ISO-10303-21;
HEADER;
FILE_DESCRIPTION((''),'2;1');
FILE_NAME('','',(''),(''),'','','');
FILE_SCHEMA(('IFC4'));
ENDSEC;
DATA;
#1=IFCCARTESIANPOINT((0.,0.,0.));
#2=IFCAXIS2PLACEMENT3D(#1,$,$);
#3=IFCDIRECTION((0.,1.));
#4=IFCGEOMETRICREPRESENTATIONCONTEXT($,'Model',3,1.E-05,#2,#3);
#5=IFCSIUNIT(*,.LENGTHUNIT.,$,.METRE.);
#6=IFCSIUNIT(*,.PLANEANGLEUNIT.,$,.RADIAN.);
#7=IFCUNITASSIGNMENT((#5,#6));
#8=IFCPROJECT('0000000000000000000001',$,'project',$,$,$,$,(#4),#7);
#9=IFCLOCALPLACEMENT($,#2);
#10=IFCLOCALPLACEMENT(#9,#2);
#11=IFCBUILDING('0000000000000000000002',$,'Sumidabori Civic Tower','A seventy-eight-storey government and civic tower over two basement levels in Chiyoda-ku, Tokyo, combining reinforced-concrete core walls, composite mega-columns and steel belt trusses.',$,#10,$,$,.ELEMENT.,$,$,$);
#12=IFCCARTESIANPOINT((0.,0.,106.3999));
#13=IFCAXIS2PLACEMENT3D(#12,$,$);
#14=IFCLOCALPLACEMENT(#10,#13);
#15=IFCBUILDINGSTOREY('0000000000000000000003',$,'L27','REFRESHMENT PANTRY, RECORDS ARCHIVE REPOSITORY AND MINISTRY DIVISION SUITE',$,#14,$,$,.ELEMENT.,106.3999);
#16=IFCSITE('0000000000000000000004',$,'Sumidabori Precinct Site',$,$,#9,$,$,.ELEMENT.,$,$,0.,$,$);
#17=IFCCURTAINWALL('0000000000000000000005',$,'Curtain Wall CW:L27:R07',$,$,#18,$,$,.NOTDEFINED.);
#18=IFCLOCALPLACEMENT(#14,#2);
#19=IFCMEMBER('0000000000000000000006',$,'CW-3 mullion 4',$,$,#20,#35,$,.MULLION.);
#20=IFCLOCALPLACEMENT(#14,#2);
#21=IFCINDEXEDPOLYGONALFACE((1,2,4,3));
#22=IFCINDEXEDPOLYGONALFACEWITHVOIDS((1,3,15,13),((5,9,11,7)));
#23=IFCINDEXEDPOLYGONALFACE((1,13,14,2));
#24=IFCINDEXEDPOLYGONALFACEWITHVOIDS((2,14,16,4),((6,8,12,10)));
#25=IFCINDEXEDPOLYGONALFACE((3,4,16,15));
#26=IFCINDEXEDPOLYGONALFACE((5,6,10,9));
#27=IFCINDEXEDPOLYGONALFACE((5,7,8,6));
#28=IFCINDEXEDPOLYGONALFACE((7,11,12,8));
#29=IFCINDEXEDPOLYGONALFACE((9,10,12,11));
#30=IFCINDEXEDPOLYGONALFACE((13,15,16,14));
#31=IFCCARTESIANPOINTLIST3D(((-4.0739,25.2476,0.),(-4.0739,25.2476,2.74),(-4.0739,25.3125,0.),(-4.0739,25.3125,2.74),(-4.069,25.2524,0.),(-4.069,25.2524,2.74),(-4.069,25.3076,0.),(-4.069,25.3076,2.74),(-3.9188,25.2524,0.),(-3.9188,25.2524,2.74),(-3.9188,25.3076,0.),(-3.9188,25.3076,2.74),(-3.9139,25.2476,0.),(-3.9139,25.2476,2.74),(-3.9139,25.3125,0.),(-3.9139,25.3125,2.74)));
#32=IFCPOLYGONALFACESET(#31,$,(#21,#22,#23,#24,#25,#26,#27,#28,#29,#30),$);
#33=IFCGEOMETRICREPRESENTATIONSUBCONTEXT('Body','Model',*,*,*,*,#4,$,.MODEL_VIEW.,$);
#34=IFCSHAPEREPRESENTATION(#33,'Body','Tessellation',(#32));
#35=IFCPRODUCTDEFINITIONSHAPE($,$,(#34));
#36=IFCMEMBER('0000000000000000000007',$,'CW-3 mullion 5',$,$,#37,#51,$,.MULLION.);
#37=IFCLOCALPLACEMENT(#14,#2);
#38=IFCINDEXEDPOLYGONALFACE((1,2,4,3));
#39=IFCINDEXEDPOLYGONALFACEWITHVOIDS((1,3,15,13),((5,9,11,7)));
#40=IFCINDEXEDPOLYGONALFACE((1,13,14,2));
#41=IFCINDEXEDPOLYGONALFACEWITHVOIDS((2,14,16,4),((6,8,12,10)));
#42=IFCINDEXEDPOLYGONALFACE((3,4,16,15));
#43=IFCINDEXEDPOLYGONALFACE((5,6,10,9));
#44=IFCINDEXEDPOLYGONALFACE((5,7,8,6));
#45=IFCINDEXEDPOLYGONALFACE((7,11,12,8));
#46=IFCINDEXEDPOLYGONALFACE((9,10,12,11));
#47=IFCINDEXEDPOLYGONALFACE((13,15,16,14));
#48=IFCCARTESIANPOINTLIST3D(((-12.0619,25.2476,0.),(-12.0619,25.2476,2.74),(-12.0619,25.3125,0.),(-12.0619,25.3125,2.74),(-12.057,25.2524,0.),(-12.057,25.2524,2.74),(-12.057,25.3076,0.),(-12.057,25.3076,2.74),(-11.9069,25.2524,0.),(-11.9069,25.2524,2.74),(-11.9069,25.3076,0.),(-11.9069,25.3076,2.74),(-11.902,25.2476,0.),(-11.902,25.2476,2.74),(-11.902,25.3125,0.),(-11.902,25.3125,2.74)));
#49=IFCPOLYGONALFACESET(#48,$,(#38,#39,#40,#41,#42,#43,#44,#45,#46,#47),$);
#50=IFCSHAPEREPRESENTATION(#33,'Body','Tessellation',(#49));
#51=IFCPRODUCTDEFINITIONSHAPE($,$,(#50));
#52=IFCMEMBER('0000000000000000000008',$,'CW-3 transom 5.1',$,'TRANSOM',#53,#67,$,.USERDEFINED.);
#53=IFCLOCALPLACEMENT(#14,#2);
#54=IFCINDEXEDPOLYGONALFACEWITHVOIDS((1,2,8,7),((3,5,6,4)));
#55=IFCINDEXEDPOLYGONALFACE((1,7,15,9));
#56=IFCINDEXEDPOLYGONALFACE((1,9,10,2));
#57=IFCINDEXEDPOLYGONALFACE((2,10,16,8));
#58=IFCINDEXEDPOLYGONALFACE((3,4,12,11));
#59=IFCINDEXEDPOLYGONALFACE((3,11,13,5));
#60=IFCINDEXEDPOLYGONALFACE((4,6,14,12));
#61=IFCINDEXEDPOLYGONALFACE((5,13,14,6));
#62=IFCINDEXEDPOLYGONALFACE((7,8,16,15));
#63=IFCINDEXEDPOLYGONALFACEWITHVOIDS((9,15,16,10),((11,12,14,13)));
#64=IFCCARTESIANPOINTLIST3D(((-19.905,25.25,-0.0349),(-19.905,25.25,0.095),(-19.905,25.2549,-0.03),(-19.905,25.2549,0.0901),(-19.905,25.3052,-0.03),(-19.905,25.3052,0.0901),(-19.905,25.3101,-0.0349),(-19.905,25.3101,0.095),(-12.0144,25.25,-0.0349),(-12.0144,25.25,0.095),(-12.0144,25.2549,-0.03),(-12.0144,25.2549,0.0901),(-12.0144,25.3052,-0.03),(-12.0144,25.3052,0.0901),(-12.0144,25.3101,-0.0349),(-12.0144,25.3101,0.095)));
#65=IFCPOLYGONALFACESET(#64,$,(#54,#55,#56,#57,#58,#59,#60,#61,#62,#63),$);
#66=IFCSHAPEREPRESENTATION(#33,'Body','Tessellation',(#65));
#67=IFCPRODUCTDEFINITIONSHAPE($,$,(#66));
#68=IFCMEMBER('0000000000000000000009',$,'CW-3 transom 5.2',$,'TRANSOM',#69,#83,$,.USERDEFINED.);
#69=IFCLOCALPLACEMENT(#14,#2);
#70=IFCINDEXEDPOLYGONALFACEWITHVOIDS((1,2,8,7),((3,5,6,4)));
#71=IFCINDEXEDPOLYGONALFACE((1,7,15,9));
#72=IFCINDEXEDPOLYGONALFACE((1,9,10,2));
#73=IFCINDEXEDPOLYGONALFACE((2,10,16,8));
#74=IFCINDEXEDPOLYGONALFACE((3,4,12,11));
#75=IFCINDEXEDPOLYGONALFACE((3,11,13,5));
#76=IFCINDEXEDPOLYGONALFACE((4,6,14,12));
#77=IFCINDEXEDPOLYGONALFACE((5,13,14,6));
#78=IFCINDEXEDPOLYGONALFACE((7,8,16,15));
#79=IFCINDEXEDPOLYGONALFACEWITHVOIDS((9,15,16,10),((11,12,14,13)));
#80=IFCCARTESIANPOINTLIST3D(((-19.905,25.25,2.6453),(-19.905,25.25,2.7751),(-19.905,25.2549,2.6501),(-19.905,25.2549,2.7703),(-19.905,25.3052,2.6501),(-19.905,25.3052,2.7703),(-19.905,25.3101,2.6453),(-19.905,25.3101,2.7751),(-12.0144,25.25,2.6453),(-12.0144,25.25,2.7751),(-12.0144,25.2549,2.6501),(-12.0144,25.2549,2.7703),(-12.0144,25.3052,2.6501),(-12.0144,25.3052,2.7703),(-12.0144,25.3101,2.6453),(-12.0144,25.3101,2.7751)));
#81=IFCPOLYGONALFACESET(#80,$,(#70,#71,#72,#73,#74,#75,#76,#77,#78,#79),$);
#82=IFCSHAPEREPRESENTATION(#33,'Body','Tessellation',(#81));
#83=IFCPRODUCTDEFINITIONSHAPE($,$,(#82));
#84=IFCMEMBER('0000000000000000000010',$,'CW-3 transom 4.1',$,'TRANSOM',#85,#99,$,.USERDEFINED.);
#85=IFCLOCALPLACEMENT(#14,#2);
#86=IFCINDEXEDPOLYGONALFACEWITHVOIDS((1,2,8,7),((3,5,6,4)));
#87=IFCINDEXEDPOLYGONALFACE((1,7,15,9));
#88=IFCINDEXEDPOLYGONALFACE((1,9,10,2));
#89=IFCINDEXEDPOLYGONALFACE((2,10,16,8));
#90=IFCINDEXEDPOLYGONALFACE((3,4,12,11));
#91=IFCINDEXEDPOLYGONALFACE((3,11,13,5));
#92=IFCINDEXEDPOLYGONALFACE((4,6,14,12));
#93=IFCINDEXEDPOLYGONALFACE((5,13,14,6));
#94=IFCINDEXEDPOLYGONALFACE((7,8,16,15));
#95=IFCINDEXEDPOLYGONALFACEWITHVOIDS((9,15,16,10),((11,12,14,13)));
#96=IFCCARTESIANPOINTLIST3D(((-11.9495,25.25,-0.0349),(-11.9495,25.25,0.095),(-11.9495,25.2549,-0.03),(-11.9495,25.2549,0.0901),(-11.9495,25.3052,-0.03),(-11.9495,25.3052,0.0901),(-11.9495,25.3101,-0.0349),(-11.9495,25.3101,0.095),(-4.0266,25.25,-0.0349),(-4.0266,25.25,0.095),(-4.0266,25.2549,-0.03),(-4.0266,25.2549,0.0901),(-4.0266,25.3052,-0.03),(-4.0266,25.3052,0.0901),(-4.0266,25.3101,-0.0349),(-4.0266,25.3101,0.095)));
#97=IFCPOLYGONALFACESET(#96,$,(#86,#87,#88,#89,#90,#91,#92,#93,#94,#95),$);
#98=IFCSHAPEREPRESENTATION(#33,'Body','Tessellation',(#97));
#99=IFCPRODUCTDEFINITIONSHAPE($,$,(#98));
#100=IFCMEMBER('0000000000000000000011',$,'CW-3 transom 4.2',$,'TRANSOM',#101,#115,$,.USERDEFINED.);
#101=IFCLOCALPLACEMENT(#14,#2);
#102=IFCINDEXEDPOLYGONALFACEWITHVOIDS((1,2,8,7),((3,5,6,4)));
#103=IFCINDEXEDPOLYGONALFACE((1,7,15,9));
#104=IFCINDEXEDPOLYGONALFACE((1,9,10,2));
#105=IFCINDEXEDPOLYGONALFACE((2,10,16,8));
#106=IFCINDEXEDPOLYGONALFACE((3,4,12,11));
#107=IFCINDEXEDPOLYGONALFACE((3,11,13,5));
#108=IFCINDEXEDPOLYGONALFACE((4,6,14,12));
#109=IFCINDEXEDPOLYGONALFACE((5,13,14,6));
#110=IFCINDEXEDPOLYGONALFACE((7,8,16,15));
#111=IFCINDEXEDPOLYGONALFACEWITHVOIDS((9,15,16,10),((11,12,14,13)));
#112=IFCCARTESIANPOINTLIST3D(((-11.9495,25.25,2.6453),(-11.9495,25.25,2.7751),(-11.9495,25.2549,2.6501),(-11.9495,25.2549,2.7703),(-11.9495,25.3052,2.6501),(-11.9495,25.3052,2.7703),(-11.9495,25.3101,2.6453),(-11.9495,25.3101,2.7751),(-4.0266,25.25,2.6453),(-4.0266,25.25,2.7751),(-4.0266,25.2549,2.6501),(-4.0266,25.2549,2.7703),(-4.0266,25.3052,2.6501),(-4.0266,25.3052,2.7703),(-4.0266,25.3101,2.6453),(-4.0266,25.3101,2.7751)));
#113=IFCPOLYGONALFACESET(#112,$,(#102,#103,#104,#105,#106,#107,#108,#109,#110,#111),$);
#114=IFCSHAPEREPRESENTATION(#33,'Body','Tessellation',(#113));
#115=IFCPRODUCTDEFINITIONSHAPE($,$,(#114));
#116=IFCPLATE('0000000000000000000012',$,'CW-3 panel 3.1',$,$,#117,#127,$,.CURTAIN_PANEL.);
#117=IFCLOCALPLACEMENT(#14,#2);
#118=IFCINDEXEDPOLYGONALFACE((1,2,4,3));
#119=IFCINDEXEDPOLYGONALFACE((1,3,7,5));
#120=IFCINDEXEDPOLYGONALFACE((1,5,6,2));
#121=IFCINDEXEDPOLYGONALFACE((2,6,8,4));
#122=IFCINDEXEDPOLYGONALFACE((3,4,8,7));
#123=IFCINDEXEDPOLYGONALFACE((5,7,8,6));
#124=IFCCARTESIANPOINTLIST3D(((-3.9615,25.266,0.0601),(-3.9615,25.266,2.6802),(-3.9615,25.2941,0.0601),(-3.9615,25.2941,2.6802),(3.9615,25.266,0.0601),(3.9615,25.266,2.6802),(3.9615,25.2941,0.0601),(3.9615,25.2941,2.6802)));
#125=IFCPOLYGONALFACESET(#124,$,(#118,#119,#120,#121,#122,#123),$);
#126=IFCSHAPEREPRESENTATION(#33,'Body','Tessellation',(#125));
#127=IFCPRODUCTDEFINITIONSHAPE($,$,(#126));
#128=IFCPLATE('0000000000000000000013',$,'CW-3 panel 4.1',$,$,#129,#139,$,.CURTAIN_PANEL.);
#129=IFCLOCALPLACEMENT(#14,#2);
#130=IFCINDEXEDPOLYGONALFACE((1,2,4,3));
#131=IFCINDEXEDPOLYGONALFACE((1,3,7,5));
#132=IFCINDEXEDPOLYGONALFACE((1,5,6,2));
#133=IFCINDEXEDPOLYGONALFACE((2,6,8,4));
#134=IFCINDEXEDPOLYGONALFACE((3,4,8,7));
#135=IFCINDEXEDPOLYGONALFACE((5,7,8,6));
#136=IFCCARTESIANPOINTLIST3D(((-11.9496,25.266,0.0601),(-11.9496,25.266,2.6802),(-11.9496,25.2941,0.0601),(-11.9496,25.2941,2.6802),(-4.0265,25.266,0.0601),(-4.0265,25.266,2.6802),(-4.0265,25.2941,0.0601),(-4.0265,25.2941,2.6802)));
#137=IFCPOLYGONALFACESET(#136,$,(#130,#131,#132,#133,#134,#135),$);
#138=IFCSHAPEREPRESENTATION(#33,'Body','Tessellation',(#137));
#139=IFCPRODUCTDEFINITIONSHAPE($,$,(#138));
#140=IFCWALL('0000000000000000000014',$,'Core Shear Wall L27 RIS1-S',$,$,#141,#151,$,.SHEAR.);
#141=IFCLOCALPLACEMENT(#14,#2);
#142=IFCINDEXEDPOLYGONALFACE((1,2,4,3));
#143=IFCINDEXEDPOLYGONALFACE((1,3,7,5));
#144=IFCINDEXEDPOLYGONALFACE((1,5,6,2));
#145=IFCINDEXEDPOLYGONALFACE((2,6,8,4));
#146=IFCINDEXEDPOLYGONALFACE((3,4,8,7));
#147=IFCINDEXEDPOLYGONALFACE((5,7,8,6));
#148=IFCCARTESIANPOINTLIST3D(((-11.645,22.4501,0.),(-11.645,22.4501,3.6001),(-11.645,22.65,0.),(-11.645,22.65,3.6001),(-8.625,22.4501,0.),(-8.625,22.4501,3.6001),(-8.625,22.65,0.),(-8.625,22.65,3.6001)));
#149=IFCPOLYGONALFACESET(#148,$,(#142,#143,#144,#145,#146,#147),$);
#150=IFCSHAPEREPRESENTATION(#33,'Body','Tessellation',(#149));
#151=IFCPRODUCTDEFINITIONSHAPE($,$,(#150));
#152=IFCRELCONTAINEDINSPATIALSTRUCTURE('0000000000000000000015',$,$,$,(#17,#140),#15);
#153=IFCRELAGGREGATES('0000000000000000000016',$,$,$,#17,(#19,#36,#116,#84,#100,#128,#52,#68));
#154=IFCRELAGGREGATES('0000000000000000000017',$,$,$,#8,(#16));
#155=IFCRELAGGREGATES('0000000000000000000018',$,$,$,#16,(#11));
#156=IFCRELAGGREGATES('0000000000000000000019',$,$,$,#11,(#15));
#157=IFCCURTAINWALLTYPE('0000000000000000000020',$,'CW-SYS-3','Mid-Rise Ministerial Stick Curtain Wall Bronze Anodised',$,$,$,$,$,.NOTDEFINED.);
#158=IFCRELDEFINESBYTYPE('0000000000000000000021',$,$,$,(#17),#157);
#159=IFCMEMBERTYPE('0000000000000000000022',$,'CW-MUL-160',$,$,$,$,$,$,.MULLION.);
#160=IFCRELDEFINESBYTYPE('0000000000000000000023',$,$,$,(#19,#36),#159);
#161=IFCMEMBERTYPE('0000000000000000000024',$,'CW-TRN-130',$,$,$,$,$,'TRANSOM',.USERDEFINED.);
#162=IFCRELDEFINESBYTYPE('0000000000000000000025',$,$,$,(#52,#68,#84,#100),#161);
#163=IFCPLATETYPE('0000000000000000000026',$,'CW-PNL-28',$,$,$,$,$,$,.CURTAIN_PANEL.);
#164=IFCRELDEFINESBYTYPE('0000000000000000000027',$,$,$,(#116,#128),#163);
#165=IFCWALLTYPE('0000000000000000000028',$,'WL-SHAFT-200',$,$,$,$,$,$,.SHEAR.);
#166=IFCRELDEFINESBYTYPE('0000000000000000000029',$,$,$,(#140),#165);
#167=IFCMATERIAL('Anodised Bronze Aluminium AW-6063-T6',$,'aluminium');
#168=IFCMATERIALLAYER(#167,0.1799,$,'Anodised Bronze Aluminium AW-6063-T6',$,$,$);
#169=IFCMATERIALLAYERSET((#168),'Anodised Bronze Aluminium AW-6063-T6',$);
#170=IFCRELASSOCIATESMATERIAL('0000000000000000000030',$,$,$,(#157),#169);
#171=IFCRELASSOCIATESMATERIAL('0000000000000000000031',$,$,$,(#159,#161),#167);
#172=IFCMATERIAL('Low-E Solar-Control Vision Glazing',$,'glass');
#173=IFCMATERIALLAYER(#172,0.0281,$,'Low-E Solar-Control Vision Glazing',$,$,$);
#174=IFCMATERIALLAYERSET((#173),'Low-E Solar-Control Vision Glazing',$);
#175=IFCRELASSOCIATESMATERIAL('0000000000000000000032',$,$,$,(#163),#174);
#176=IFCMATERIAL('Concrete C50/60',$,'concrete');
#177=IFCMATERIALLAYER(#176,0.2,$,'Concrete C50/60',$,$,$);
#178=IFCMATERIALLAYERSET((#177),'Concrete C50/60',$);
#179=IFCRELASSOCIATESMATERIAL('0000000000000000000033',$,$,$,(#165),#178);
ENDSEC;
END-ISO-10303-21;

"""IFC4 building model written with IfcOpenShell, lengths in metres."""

from ifc_helpers import new_model, si_unit, direction, frame, frame_2d, origin, origin_2d, place, context, subcontext, project, spatial, rectangle, hollow_rectangle, extrude, source, transform, mapped, material, layer, layer_set, material_profile, profile_set, type_object, element, aggregate, save


model = new_model("IFC4")

# Units and contexts
model_context = context("Model", 3, precision=1e-05, world=origin(), true_north=direction((0.0, 1.0)))
body_context = subcontext(model_context, "Body", "Model", "MODEL_VIEW")
ifc_project = project(units=[si_unit("LENGTHUNIT", "METRE"), si_unit("PLANEANGLEUNIT", "RADIAN")], contexts=[model_context])

# Site, building, storey
site_placement = place(None, origin())
site = spatial("IfcSite", under=ifc_project, at=site_placement, Name="Sumidabori Precinct Site", CompositionType="ELEMENT", RefElevation=0.0)
building_placement = place(site_placement, origin())
building = spatial("IfcBuilding", under=site, at=building_placement, Name="Sumidabori Civic Tower", Description="A seventy-eight-storey government and civic tower over two basement levels in Chiyoda-ku, Tokyo, combining reinforced-concrete core walls, composite mega-columns and steel belt trusses.", CompositionType="ELEMENT")
storey_placement = place(building_placement, frame((0.0, 0.0, 106.3999)))
storey = spatial("IfcBuildingStorey", under=building, at=storey_placement, Name="L27", Description="REFRESHMENT PANTRY, RECORDS ARCHIVE REPOSITORY AND MINISTRY DIVISION SUITE", CompositionType="ELEMENT", Elevation=106.3999)

# Curtain wall, members, plates
ifc_material_1 = material(Name="Anodised Bronze Aluminium AW-6063-T6", Category="aluminium")
ifc_layer_1 = layer(ifc_material_1, 0.1799, Name="Anodised Bronze Aluminium AW-6063-T6")
ifc_layer_set_1 = layer_set([ifc_layer_1], Name="Anodised Bronze Aluminium AW-6063-T6")
curtain_wall_type = type_object("IfcCurtainWallType", Name="CW-SYS-3", Description="Mid-Rise Ministerial Stick Curtain Wall Bronze Anodised", PredefinedType="NOTDEFINED", material=ifc_layer_set_1)
curtain_wall_placement = place(storey_placement, origin())
curtain_wall = element("IfcCurtainWall", 1, at=curtain_wall_placement, inside=storey, type_object=curtain_wall_type, Name="Curtain Wall CW:L27:R07", PredefinedType="NOTDEFINED")
ifc_material_profile_1 = material_profile(ifc_material_1, hollow_rectangle(XDim=0.0649, YDim=0.1599, WallThickness=0.0049, at=origin_2d()), Name="ALU MULLION 160x65")
ifc_profile_set_1 = profile_set([ifc_material_profile_1], Name="Anodised Bronze Aluminium AW-6063-T6")
member_type_1 = type_object("IfcMemberType", Name="CW-MUL-160", PredefinedType="MULLION", material=ifc_profile_set_1)
shared_shape_1 = source(origin(), body_context, "Body", "SweptSolid", [
    extrude(hollow_rectangle(XDim=0.0649, YDim=0.1599, WallThickness=0.0049, at=origin_2d()), origin(), (0.0, 0.0, 1.0), 2.74),
])
member_1_placement = place(storey_placement, frame((-3.9939, 25.28, 0.0), z_axis=(0.0, 0.0, 1.0), x_axis=(0.0, -1.0, 0.0)))
member_1 = element("IfcMember", 2, at=member_1_placement, type_object=member_type_1, Name="CW-3 mullion 4", PredefinedType="MULLION", context=body_context, shape_type="MappedRepresentation", body=[
    mapped(shared_shape_1, transform((0.0, 0.0, 0.0), x_axis=(1.0, 0.0, 0.0), y_axis=(0.0, 1.0, 0.0), z_axis=(0.0, 0.0, 1.0), scale=1.0)),
])
member_2_placement = place(storey_placement, frame((-11.9819, 25.28, 0.0), z_axis=(0.0, 0.0, 1.0), x_axis=(0.0, -1.0, 0.0)))
member_2 = element("IfcMember", 3, at=member_2_placement, type_object=member_type_1, Name="CW-3 mullion 5", PredefinedType="MULLION", context=body_context, shape_type="MappedRepresentation", body=[
    mapped(shared_shape_1, transform((0.0, 0.0, 0.0), x_axis=(1.0, 0.0, 0.0), y_axis=(0.0, 1.0, 0.0), z_axis=(0.0, 0.0, 1.0), scale=1.0)),
])
ifc_material_profile_2 = material_profile(ifc_material_1, hollow_rectangle(XDim=0.0601, YDim=0.1299, WallThickness=0.0049, at=origin_2d()), Name="ALU TRANSOM 130x60")
ifc_profile_set_2 = profile_set([ifc_material_profile_2], Name="Anodised Bronze Aluminium AW-6063-T6")
member_type_2 = type_object("IfcMemberType", Name="CW-TRN-130", ElementType="TRANSOM", PredefinedType="USERDEFINED", material=ifc_profile_set_2)
shared_shape_2 = source(origin(), body_context, "Body", "SweptSolid", [
    extrude(hollow_rectangle(XDim=0.0601, YDim=0.1299, WallThickness=0.0049, at=origin_2d()), origin(), (0.0, 0.0, 1.0), 7.8906),
])
member_3_placement = place(storey_placement, frame((-12.0144, 25.28, 0.03), z_axis=(-1.0, 0.0, 0.0), x_axis=(0.0, -1.0, 0.0)))
member_3 = element("IfcMember", 4, at=member_3_placement, type_object=member_type_2, Name="CW-3 transom 5.1", ObjectType="TRANSOM", PredefinedType="USERDEFINED", context=body_context, shape_type="MappedRepresentation", body=[
    mapped(shared_shape_2, transform((0.0, 0.0, 0.0), x_axis=(1.0, 0.0, 0.0), y_axis=(0.0, 1.0, 0.0), z_axis=(0.0, 0.0, 1.0), scale=1.0)),
])
member_4_placement = place(storey_placement, frame((-12.0144, 25.28, 2.7102), z_axis=(-1.0, 0.0, 0.0), x_axis=(0.0, -1.0, 0.0)))
member_4 = element("IfcMember", 5, at=member_4_placement, type_object=member_type_2, Name="CW-3 transom 5.2", ObjectType="TRANSOM", PredefinedType="USERDEFINED", context=body_context, shape_type="MappedRepresentation", body=[
    mapped(shared_shape_2, transform((0.0, 0.0, 0.0), x_axis=(1.0, 0.0, 0.0), y_axis=(0.0, 1.0, 0.0), z_axis=(0.0, 0.0, 1.0), scale=1.0)),
])
shared_shape_3 = source(origin(), body_context, "Body", "SweptSolid", [
    extrude(hollow_rectangle(XDim=0.0601, YDim=0.1299, WallThickness=0.0049, at=origin_2d()), origin(), (0.0, 0.0, 1.0), 7.9229),
])
member_5_placement = place(storey_placement, frame((-4.0266, 25.28, 0.03), z_axis=(-1.0, 0.0, 0.0), x_axis=(0.0, -1.0, 0.0)))
member_5 = element("IfcMember", 6, at=member_5_placement, type_object=member_type_2, Name="CW-3 transom 4.1", ObjectType="TRANSOM", PredefinedType="USERDEFINED", context=body_context, shape_type="MappedRepresentation", body=[
    mapped(shared_shape_3, transform((0.0, 0.0, 0.0), x_axis=(1.0, 0.0, 0.0), y_axis=(0.0, 1.0, 0.0), z_axis=(0.0, 0.0, 1.0), scale=1.0)),
])
member_6_placement = place(storey_placement, frame((-4.0266, 25.28, 2.7102), z_axis=(-1.0, 0.0, 0.0), x_axis=(0.0, -1.0, 0.0)))
member_6 = element("IfcMember", 7, at=member_6_placement, type_object=member_type_2, Name="CW-3 transom 4.2", ObjectType="TRANSOM", PredefinedType="USERDEFINED", context=body_context, shape_type="MappedRepresentation", body=[
    mapped(shared_shape_3, transform((0.0, 0.0, 0.0), x_axis=(1.0, 0.0, 0.0), y_axis=(0.0, 1.0, 0.0), z_axis=(0.0, 0.0, 1.0), scale=1.0)),
])
ifc_material_2 = material(Name="Low-E Solar-Control Vision Glazing", Category="glass")
ifc_layer_2 = layer(ifc_material_2, 0.0281, Name="Low-E Solar-Control Vision Glazing")
ifc_layer_set_2 = layer_set([ifc_layer_2], Name="Low-E Solar-Control Vision Glazing")
plate_type = type_object("IfcPlateType", Name="CW-PNL-28", PredefinedType="CURTAIN_PANEL", material=ifc_layer_set_2)
shared_shape_4 = source(origin(), body_context, "Body", "SweptSolid", [
    extrude(rectangle(XDim=7.9231, YDim=0.0281, at=origin_2d()), origin(), (0.0, 0.0, 1.0), 2.6201),
])
plate_1_placement = place(storey_placement, frame((0.0, 25.28, 0.0601), z_axis=(0.0, 0.0, 1.0), x_axis=(-1.0, 0.0, 0.0)))
plate_1 = element("IfcPlate", 8, at=plate_1_placement, type_object=plate_type, Name="CW-3 panel 3.1", PredefinedType="CURTAIN_PANEL", context=body_context, shape_type="MappedRepresentation", body=[
    mapped(shared_shape_4, transform((0.0, 0.0, 0.0), x_axis=(1.0, 0.0, 0.0), y_axis=(0.0, 1.0, 0.0), z_axis=(0.0, 0.0, 1.0), scale=1.0)),
])
plate_2_placement = place(storey_placement, frame((-7.988, 25.28, 0.0601), z_axis=(0.0, 0.0, 1.0), x_axis=(-1.0, 0.0, 0.0)))
plate_2 = element("IfcPlate", 9, at=plate_2_placement, type_object=plate_type, Name="CW-3 panel 4.1", PredefinedType="CURTAIN_PANEL", context=body_context, shape_type="MappedRepresentation", body=[
    mapped(shared_shape_4, transform((0.0, 0.0, 0.0), x_axis=(1.0, 0.0, 0.0), y_axis=(0.0, 1.0, 0.0), z_axis=(0.0, 0.0, 1.0), scale=1.0)),
])
aggregate(curtain_wall, [member_1, member_2, plate_1, member_5, member_6, plate_2, member_3, member_4])

# Wall
ifc_material_3 = material(Name="Concrete C50/60", Category="concrete")
ifc_layer_3 = layer(ifc_material_3, 0.2, Name="Concrete C50/60")
ifc_layer_set_3 = layer_set([ifc_layer_3], Name="Concrete C50/60")
wall_type_1 = type_object("IfcWallType", Name="WL-SHAFT-200", PredefinedType="SHEAR", material=ifc_layer_set_3)
shared_shape_5 = source(origin(), body_context, "Body", "SweptSolid", [
    extrude(rectangle(XDim=3.02, YDim=0.2, at=frame_2d((1.51, 0.0))), origin(), (0.0, 0.0, 1.0), 3.6001),
])
wall_1_placement = place(storey_placement, frame((-11.645, 22.55, 0.0), z_axis=(0.0, 0.0, 1.0), x_axis=(1.0, 0.0, 0.0)))
element("IfcWall", 10, at=wall_1_placement, inside=storey, type_object=wall_type_1, Name="Core Shear Wall L27 RIS1-S", PredefinedType="SHEAR", context=body_context, shape_type="MappedRepresentation", body=[
    mapped(shared_shape_5, transform((0.0, 0.0, 0.0), x_axis=(1.0, 0.0, 0.0), y_axis=(0.0, 1.0, 0.0), z_axis=(0.0, 0.0, 1.0), scale=1.0)),
])

save(model, "model.ifc")
